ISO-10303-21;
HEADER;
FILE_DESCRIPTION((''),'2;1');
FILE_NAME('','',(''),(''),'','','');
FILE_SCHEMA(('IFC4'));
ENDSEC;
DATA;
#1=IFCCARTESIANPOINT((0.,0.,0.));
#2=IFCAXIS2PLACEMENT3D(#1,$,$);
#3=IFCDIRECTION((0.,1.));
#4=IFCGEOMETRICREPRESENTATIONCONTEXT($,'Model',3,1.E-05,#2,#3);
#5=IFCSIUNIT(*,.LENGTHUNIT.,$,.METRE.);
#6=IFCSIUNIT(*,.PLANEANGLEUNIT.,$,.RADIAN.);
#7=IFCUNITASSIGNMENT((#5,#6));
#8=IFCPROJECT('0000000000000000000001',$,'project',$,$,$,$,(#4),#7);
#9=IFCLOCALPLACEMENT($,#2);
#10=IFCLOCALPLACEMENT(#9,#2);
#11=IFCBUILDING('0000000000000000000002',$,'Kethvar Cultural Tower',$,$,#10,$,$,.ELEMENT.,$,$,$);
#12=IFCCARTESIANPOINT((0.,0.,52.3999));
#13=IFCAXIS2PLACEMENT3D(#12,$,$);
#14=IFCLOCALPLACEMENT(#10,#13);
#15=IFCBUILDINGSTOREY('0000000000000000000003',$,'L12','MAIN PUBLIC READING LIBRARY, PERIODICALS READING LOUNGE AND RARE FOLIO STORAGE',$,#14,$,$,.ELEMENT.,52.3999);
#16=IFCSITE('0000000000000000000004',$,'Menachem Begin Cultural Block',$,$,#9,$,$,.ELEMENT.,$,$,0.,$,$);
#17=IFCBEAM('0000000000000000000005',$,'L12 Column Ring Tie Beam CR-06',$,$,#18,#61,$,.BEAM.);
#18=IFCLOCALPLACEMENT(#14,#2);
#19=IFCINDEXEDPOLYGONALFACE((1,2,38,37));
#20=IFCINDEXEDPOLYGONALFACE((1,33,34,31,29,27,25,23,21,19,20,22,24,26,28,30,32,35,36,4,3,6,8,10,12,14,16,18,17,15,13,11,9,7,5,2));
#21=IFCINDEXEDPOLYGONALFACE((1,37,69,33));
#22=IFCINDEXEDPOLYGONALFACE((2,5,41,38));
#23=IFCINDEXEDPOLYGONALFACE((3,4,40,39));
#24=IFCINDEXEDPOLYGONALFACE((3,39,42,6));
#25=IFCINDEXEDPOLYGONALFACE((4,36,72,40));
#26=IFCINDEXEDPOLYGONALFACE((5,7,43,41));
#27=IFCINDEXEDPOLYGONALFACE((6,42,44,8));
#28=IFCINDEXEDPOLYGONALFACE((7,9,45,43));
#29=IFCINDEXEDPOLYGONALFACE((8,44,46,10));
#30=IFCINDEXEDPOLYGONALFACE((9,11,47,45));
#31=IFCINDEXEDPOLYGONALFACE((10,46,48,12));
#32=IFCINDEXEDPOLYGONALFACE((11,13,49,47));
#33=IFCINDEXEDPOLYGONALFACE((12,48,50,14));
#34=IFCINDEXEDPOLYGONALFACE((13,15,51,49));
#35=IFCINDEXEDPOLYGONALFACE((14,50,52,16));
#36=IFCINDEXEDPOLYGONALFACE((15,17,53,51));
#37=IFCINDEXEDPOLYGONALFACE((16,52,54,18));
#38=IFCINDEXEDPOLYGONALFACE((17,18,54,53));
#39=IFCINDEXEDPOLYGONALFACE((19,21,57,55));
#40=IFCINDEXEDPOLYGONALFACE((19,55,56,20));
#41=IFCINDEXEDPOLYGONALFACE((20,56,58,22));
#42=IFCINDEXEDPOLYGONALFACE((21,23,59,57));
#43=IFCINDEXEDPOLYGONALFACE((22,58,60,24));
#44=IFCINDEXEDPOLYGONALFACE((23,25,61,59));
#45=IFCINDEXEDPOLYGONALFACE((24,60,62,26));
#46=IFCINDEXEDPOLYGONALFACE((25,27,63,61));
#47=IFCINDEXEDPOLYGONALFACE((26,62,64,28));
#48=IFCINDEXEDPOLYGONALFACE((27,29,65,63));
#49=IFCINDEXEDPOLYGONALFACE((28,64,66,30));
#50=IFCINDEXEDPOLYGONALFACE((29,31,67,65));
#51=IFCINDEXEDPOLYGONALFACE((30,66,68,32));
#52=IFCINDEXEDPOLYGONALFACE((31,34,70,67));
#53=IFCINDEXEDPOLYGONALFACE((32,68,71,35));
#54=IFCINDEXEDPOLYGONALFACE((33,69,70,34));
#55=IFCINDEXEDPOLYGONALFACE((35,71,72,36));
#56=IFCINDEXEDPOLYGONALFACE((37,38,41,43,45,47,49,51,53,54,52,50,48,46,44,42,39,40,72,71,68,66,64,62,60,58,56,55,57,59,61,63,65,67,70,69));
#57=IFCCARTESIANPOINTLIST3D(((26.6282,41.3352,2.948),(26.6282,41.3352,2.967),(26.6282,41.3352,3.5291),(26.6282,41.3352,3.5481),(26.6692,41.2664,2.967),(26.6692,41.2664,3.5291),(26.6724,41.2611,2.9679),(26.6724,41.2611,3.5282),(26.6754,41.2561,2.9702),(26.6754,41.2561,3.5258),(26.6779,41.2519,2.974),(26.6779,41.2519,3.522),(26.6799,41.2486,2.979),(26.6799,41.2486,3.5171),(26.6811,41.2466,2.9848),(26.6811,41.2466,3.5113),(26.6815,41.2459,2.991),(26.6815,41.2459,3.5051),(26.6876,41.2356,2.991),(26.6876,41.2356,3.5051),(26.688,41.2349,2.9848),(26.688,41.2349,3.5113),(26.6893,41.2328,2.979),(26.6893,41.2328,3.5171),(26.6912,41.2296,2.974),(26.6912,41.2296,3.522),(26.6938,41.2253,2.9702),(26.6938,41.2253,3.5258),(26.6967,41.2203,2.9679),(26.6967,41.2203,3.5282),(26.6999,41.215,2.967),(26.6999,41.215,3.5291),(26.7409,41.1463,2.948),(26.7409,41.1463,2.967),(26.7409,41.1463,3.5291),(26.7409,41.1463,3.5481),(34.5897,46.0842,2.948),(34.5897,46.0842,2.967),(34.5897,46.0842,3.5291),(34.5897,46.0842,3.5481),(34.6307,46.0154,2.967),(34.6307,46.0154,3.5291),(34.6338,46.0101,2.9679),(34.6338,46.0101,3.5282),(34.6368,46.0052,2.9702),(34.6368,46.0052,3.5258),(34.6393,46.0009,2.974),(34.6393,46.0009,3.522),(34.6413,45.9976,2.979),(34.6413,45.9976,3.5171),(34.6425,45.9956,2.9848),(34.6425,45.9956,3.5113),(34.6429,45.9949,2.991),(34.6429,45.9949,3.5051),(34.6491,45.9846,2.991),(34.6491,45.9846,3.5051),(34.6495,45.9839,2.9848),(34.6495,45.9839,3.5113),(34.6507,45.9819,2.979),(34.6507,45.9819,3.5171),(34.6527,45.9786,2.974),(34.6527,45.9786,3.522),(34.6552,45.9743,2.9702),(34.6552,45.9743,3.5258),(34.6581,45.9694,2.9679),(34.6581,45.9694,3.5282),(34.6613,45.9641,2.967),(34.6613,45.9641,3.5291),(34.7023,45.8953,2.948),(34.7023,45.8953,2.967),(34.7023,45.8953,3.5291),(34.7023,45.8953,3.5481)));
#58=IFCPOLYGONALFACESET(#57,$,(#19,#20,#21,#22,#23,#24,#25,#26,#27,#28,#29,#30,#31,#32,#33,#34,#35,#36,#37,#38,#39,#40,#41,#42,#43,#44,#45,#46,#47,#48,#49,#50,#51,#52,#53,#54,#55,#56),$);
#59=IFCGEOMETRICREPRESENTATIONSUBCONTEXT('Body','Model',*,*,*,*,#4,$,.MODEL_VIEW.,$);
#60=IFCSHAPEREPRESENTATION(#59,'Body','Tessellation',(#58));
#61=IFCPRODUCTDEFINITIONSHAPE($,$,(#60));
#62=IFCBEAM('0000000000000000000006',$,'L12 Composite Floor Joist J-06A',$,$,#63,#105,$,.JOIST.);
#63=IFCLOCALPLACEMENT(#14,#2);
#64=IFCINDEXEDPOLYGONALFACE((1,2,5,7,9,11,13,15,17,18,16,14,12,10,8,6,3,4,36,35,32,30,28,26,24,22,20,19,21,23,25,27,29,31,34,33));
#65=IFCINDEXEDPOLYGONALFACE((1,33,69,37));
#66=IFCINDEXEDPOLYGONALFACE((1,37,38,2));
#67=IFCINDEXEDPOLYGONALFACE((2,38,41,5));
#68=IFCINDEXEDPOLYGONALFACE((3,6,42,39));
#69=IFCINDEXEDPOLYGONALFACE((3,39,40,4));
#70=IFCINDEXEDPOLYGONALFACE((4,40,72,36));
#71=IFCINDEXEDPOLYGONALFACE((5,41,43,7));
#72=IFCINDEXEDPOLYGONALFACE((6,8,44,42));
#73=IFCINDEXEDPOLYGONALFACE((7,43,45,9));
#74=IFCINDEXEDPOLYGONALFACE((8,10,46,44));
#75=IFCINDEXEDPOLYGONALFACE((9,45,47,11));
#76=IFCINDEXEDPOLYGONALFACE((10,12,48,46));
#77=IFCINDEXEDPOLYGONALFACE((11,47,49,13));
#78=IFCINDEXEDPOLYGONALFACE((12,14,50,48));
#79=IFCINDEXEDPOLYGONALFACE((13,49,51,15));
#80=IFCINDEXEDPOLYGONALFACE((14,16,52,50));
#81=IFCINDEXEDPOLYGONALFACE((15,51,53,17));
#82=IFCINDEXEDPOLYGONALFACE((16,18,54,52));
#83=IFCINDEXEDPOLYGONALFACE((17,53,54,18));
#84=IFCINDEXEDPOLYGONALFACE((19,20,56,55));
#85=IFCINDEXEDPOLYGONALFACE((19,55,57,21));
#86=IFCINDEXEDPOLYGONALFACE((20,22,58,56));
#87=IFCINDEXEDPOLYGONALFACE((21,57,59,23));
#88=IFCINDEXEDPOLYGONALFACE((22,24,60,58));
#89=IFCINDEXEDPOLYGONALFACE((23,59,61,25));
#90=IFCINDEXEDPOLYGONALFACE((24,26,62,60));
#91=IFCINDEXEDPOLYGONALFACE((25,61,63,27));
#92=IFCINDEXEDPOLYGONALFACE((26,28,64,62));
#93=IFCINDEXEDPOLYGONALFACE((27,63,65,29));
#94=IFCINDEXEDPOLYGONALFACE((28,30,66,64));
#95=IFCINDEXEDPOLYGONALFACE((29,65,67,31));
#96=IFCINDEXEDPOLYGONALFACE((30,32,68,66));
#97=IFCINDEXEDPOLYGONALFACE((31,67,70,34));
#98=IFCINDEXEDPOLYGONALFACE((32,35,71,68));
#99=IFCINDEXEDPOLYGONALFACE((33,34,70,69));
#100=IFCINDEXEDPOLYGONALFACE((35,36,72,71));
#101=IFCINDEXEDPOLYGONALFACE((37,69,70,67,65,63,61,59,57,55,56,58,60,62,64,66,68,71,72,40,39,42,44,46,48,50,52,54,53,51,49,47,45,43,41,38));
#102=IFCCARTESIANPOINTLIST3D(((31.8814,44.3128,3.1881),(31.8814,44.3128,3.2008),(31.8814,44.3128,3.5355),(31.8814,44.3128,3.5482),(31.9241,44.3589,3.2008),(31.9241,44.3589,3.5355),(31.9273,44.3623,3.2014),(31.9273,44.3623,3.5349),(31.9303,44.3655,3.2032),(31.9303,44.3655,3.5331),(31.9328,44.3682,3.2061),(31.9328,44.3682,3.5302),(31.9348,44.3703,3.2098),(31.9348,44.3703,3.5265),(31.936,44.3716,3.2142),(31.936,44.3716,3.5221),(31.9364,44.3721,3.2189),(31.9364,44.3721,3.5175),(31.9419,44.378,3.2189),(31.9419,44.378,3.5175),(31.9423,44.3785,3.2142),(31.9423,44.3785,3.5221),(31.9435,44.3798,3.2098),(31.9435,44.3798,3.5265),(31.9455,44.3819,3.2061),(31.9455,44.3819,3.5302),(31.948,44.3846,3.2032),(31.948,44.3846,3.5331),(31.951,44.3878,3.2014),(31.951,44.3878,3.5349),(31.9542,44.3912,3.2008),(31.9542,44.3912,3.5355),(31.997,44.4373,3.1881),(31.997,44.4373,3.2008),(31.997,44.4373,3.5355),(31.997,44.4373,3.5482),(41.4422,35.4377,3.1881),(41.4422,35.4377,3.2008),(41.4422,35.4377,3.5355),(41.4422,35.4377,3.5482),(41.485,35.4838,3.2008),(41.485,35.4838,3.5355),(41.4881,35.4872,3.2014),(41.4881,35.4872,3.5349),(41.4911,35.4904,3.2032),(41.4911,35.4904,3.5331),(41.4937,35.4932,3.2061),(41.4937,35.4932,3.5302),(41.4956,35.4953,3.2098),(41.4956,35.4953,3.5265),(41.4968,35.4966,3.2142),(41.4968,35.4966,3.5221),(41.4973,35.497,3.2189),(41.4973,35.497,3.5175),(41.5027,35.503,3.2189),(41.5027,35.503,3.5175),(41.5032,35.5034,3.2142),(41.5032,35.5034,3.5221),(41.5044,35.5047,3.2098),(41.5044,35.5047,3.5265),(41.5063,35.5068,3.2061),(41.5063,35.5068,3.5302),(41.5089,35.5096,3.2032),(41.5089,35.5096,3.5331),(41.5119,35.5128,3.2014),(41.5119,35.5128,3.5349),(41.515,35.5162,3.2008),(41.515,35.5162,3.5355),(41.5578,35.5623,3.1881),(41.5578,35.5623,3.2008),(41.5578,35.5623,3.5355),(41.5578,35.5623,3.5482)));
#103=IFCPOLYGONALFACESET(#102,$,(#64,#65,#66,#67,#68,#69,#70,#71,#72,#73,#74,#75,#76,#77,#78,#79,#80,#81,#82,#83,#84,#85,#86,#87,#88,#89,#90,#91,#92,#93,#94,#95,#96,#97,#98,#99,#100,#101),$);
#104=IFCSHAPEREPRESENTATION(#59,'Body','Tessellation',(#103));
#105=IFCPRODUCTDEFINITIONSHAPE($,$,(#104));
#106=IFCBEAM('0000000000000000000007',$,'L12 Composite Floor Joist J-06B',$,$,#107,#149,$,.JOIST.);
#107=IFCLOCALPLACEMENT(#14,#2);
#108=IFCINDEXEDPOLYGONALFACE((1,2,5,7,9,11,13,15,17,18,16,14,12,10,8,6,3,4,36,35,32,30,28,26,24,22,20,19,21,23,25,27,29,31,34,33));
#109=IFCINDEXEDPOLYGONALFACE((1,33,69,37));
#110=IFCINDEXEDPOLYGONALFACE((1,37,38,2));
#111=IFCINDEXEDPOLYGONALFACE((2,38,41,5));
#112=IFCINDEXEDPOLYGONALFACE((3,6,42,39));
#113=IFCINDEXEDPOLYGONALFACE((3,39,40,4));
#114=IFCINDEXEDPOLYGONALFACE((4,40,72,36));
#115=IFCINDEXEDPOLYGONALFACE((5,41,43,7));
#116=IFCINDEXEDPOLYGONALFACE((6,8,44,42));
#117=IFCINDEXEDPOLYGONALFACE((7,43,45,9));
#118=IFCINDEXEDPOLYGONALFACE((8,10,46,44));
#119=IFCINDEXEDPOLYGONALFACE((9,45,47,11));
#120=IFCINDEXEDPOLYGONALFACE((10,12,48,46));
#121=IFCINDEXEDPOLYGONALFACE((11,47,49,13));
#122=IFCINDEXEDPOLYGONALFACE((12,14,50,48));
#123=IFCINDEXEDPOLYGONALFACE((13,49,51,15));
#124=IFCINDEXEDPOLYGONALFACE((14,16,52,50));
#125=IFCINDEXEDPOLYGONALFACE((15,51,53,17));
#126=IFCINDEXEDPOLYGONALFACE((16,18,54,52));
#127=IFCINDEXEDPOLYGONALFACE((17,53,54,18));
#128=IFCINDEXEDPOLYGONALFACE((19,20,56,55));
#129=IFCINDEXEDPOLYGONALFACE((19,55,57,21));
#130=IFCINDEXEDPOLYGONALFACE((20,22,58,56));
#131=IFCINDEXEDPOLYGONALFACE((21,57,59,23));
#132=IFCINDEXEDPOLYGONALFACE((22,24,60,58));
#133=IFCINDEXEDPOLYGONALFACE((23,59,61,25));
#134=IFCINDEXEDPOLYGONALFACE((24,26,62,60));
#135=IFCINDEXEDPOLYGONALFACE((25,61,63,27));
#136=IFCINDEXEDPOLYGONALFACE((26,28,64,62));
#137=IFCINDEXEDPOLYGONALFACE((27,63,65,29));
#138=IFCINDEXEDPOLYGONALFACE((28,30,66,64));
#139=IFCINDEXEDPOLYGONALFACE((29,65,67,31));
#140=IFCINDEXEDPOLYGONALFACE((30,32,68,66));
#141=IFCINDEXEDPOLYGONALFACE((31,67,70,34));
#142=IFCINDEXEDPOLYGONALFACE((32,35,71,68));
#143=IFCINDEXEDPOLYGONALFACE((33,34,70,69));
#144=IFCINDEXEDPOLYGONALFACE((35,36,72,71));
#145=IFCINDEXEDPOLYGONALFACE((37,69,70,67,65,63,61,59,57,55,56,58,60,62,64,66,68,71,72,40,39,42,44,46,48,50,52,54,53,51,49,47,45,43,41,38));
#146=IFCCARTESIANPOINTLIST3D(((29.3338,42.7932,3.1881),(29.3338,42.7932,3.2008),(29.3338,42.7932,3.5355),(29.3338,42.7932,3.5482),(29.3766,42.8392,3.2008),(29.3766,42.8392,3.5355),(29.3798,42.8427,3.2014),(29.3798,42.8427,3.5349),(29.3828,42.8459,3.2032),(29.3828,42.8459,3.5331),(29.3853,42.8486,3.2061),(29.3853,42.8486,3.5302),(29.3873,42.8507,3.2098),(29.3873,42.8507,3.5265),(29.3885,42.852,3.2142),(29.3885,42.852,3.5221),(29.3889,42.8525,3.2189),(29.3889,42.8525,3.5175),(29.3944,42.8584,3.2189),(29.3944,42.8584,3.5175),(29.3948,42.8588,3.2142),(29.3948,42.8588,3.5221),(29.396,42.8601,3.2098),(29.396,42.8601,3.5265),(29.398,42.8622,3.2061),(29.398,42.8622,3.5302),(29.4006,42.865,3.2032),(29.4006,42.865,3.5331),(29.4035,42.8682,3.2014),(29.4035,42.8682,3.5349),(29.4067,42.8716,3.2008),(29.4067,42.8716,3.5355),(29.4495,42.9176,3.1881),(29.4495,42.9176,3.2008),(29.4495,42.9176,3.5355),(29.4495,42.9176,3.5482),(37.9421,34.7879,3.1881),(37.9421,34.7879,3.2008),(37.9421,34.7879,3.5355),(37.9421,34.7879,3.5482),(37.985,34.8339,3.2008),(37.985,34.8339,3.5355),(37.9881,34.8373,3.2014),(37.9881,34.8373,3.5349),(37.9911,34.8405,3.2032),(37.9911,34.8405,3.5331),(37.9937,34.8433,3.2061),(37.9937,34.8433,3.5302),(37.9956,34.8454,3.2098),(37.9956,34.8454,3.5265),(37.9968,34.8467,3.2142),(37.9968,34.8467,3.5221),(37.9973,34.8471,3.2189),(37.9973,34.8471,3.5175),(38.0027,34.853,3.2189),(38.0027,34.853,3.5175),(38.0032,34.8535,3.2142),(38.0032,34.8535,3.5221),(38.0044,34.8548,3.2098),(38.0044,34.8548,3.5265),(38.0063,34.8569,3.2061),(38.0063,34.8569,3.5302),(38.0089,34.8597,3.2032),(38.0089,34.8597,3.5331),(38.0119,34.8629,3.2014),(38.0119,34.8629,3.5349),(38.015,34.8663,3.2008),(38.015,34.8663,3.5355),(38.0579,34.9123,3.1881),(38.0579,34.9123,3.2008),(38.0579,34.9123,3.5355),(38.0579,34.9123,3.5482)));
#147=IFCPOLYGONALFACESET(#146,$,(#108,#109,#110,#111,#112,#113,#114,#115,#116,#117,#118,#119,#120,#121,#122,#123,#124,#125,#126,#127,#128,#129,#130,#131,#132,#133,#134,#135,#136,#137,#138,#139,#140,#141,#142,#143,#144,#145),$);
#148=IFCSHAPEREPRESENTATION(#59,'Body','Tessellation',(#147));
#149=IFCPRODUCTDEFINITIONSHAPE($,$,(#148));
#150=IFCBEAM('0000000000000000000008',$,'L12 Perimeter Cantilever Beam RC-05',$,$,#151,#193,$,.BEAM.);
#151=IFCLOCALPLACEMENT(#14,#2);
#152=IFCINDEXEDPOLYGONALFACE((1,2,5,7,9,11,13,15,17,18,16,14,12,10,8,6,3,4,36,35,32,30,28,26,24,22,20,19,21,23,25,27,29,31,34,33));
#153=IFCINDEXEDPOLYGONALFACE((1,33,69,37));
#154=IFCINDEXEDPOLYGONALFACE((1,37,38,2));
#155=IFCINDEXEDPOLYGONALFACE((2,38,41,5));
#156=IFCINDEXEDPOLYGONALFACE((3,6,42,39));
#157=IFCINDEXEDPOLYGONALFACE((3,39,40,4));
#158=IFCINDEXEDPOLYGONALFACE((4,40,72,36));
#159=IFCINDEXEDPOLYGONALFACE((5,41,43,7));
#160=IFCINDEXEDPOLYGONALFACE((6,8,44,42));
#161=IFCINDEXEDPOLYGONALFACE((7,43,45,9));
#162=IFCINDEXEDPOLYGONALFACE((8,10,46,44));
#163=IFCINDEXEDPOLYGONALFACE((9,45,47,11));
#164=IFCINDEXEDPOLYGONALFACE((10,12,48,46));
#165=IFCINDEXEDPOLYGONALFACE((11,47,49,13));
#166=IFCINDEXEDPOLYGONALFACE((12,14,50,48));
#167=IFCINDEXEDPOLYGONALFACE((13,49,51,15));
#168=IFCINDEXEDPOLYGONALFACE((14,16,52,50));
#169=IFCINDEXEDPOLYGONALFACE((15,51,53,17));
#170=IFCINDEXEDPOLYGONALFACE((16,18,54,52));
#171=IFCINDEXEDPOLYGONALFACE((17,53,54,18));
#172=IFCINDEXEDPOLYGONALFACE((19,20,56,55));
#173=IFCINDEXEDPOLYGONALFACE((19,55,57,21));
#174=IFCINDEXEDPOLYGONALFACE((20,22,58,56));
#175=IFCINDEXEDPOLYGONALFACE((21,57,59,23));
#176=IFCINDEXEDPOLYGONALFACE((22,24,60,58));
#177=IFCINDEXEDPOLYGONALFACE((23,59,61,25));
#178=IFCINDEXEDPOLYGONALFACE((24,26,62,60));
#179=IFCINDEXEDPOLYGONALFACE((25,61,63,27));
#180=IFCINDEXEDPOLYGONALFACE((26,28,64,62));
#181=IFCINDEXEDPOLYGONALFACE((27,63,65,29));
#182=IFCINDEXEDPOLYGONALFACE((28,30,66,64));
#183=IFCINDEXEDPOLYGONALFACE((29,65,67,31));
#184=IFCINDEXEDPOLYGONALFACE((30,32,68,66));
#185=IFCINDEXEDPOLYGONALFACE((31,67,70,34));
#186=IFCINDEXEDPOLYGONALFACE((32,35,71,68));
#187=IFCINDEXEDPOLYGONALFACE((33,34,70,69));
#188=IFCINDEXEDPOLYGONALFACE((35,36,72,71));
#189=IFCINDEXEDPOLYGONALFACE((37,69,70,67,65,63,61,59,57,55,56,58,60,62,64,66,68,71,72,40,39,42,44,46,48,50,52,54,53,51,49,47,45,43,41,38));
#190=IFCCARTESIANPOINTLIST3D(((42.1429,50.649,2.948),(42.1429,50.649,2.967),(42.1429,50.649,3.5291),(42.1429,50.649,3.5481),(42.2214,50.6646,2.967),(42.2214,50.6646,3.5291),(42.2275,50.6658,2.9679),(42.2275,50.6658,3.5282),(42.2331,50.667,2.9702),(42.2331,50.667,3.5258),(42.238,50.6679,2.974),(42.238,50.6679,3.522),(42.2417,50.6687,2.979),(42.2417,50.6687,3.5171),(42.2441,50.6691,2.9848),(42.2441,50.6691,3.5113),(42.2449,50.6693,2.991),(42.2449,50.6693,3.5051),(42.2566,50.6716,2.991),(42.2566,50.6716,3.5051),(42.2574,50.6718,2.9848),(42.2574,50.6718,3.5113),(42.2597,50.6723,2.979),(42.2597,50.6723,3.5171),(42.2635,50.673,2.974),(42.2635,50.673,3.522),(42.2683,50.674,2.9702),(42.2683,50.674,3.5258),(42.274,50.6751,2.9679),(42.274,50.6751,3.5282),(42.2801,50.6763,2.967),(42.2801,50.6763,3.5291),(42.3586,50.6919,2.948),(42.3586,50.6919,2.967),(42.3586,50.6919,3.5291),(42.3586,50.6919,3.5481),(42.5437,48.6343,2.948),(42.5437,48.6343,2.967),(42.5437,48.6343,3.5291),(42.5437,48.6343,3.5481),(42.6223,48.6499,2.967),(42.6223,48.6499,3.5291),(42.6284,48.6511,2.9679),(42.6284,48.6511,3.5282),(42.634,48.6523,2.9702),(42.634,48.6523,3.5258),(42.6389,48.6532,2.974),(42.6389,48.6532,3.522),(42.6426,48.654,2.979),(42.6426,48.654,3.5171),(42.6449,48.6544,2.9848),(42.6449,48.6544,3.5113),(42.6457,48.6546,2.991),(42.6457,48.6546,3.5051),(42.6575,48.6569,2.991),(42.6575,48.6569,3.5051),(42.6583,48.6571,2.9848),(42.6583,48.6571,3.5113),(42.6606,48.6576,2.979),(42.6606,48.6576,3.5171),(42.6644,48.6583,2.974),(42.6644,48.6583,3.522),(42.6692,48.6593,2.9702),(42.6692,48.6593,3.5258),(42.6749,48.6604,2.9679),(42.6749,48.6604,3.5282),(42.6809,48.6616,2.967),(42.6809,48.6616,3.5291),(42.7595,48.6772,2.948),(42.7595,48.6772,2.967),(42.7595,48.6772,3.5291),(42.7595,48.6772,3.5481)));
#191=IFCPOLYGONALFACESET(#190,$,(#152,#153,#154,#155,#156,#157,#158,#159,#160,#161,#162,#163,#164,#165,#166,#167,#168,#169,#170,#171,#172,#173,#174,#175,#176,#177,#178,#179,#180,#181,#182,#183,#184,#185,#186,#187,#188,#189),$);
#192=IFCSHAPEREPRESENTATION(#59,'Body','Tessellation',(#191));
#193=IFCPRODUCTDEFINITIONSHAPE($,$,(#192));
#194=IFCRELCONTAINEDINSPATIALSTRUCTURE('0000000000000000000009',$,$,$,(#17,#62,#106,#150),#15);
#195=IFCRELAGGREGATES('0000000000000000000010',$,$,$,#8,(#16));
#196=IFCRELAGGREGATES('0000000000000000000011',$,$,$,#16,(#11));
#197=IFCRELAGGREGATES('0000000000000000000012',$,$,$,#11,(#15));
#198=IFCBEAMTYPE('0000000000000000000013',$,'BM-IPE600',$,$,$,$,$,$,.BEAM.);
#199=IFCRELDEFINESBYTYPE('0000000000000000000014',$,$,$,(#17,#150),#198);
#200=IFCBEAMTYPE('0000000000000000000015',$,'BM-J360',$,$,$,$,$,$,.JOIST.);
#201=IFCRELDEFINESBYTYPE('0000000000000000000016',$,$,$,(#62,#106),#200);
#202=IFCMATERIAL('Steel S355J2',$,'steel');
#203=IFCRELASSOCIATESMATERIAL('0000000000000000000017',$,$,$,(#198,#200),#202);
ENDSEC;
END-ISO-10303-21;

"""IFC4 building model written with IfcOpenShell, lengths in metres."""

from ifc_helpers import new_model, si_unit, direction, frame, origin, origin_2d, place, context, subcontext, project, spatial, i_section, extrude, source, transform, mapped, material, material_profile, profile_set, type_object, element, save


model = new_model("IFC4")

# Units and contexts
model_context = context("Model", 3, precision=1e-05, world=origin(), true_north=direction((0.0, 1.0)))
body_context = subcontext(model_context, "Body", "Model", "MODEL_VIEW")
ifc_project = project(units=[si_unit("LENGTHUNIT", "METRE"), si_unit("PLANEANGLEUNIT", "RADIAN")], contexts=[model_context])

# Site, building, storey
site_placement = place(None, origin())
site = spatial("IfcSite", under=ifc_project, at=site_placement, Name="Menachem Begin Cultural Block", CompositionType="ELEMENT", RefElevation=0.0)
building_placement = place(site_placement, origin())
building = spatial("IfcBuilding", under=site, at=building_placement, Name="Kethvar Cultural Tower", CompositionType="ELEMENT")
storey_placement = place(building_placement, frame((0.0, 0.0, 52.3999)))
storey = spatial("IfcBuildingStorey", under=building, at=storey_placement, Name="L12", Description="MAIN PUBLIC READING LIBRARY, PERIODICALS READING LOUNGE AND RARE FOLIO STORAGE", CompositionType="ELEMENT", Elevation=52.3999)

# Beams
ifc_material_1 = material(Name="Steel S355J2", Category="steel")
ifc_material_profile_1 = material_profile(ifc_material_1, i_section(OverallWidth=0.22, OverallDepth=0.6001, WebThickness=0.012, FlangeThickness=0.019, FilletRadius=0.0239, at=origin_2d()), Name="Steel S355J2 — IPE600")
ifc_profile_set_1 = profile_set([ifc_material_profile_1], Name="Steel S355J2 — IPE600")
beam_type_1 = type_object("IfcBeamType", Name="BM-IPE600", PredefinedType="BEAM", material=ifc_profile_set_1)
ifc_material_profile_2 = material_profile(ifc_material_1, i_section(OverallWidth=0.1699, OverallDepth=0.3601, WebThickness=0.0081, FlangeThickness=0.0127, FilletRadius=0.0181, at=origin_2d()), Name="Steel S355J2 — IPE360")
ifc_profile_set_2 = profile_set([ifc_material_profile_2], Name="Steel S355J2 — IPE360")
beam_type_2 = type_object("IfcBeamType", Name="BM-J360", PredefinedType="JOIST", material=ifc_profile_set_2)
shared_shape_1 = source(origin(), body_context, "Body", "SweptSolid", [
    extrude(i_section(OverallWidth=0.22, OverallDepth=0.6001, WebThickness=0.012, FlangeThickness=0.019, FilletRadius=0.0239, at=origin_2d()), origin(), (0.0, 0.0, 1.0), 9.2703),
])
beam_1_placement = place(storey_placement, frame((34.646, 45.9897, 3.248), z_axis=(-0.858815, -0.512286, 0.0), x_axis=(0.512286, -0.858815, 0.0)))
element("IfcBeam", 1, at=beam_1_placement, inside=storey, type_object=beam_type_1, Name="L12 Column Ring Tie Beam CR-06", PredefinedType="BEAM", context=body_context, shape_type="MappedRepresentation", body=[
    mapped(shared_shape_1, transform((0.0, 0.0, 0.0), scale=1.0)),
])
shared_shape_2 = source(origin(), body_context, "Body", "SweptSolid", [
    extrude(i_section(OverallWidth=0.1699, OverallDepth=0.3601, WebThickness=0.0081, FlangeThickness=0.0127, FilletRadius=0.0181, at=origin_2d()), origin(), (0.0, 0.0, 1.0), 13.0452),
])
beam_2_placement = place(storey_placement, frame((41.5, 35.5, 3.3682), z_axis=(-0.732903, 0.680333, 0.0), x_axis=(-0.680333, -0.732903, 0.0)))
element("IfcBeam", 2, at=beam_2_placement, inside=storey, type_object=beam_type_2, Name="L12 Composite Floor Joist J-06A", PredefinedType="JOIST", context=body_context, shape_type="MappedRepresentation", body=[
    mapped(shared_shape_2, transform((0.0, 0.0, 0.0), scale=1.0)),
])
shared_shape_3 = source(origin(), body_context, "Body", "SweptSolid", [
    extrude(i_section(OverallWidth=0.1699, OverallDepth=0.3601, WebThickness=0.0081, FlangeThickness=0.0127, FilletRadius=0.0181, at=origin_2d()), origin(), (0.0, 0.0, 1.0), 11.7554),
])
beam_3_placement = place(storey_placement, frame((38.0, 34.8501, 3.3682), z_axis=(-0.73229, 0.680993, 0.0), x_axis=(-0.680993, -0.73229, 0.0)))
element("IfcBeam", 3, at=beam_3_placement, inside=storey, type_object=beam_type_2, Name="L12 Composite Floor Joist J-06B", PredefinedType="JOIST", context=body_context, shape_type="MappedRepresentation", body=[
    mapped(shared_shape_3, transform((0.0, 0.0, 0.0), scale=1.0)),
])
shared_shape_4 = source(origin(), body_context, "Body", "SweptSolid", [
    extrude(i_section(OverallWidth=0.22, OverallDepth=0.6001, WebThickness=0.012, FlangeThickness=0.019, FilletRadius=0.0239, at=origin_2d()), origin(), (0.0, 0.0, 1.0), 2.0542),
])
beam_4_placement = place(storey_placement, frame((42.6516, 48.6558, 3.248), z_axis=(-0.195156, 0.980772, 0.0), x_axis=(-0.980772, -0.195156, 0.0)))
element("IfcBeam", 4, at=beam_4_placement, inside=storey, type_object=beam_type_1, Name="L12 Perimeter Cantilever Beam RC-05", PredefinedType="BEAM", context=body_context, shape_type="MappedRepresentation", body=[
    mapped(shared_shape_4, transform((0.0, 0.0, 0.0), scale=1.0)),
])

save(model, "model.ifc")
